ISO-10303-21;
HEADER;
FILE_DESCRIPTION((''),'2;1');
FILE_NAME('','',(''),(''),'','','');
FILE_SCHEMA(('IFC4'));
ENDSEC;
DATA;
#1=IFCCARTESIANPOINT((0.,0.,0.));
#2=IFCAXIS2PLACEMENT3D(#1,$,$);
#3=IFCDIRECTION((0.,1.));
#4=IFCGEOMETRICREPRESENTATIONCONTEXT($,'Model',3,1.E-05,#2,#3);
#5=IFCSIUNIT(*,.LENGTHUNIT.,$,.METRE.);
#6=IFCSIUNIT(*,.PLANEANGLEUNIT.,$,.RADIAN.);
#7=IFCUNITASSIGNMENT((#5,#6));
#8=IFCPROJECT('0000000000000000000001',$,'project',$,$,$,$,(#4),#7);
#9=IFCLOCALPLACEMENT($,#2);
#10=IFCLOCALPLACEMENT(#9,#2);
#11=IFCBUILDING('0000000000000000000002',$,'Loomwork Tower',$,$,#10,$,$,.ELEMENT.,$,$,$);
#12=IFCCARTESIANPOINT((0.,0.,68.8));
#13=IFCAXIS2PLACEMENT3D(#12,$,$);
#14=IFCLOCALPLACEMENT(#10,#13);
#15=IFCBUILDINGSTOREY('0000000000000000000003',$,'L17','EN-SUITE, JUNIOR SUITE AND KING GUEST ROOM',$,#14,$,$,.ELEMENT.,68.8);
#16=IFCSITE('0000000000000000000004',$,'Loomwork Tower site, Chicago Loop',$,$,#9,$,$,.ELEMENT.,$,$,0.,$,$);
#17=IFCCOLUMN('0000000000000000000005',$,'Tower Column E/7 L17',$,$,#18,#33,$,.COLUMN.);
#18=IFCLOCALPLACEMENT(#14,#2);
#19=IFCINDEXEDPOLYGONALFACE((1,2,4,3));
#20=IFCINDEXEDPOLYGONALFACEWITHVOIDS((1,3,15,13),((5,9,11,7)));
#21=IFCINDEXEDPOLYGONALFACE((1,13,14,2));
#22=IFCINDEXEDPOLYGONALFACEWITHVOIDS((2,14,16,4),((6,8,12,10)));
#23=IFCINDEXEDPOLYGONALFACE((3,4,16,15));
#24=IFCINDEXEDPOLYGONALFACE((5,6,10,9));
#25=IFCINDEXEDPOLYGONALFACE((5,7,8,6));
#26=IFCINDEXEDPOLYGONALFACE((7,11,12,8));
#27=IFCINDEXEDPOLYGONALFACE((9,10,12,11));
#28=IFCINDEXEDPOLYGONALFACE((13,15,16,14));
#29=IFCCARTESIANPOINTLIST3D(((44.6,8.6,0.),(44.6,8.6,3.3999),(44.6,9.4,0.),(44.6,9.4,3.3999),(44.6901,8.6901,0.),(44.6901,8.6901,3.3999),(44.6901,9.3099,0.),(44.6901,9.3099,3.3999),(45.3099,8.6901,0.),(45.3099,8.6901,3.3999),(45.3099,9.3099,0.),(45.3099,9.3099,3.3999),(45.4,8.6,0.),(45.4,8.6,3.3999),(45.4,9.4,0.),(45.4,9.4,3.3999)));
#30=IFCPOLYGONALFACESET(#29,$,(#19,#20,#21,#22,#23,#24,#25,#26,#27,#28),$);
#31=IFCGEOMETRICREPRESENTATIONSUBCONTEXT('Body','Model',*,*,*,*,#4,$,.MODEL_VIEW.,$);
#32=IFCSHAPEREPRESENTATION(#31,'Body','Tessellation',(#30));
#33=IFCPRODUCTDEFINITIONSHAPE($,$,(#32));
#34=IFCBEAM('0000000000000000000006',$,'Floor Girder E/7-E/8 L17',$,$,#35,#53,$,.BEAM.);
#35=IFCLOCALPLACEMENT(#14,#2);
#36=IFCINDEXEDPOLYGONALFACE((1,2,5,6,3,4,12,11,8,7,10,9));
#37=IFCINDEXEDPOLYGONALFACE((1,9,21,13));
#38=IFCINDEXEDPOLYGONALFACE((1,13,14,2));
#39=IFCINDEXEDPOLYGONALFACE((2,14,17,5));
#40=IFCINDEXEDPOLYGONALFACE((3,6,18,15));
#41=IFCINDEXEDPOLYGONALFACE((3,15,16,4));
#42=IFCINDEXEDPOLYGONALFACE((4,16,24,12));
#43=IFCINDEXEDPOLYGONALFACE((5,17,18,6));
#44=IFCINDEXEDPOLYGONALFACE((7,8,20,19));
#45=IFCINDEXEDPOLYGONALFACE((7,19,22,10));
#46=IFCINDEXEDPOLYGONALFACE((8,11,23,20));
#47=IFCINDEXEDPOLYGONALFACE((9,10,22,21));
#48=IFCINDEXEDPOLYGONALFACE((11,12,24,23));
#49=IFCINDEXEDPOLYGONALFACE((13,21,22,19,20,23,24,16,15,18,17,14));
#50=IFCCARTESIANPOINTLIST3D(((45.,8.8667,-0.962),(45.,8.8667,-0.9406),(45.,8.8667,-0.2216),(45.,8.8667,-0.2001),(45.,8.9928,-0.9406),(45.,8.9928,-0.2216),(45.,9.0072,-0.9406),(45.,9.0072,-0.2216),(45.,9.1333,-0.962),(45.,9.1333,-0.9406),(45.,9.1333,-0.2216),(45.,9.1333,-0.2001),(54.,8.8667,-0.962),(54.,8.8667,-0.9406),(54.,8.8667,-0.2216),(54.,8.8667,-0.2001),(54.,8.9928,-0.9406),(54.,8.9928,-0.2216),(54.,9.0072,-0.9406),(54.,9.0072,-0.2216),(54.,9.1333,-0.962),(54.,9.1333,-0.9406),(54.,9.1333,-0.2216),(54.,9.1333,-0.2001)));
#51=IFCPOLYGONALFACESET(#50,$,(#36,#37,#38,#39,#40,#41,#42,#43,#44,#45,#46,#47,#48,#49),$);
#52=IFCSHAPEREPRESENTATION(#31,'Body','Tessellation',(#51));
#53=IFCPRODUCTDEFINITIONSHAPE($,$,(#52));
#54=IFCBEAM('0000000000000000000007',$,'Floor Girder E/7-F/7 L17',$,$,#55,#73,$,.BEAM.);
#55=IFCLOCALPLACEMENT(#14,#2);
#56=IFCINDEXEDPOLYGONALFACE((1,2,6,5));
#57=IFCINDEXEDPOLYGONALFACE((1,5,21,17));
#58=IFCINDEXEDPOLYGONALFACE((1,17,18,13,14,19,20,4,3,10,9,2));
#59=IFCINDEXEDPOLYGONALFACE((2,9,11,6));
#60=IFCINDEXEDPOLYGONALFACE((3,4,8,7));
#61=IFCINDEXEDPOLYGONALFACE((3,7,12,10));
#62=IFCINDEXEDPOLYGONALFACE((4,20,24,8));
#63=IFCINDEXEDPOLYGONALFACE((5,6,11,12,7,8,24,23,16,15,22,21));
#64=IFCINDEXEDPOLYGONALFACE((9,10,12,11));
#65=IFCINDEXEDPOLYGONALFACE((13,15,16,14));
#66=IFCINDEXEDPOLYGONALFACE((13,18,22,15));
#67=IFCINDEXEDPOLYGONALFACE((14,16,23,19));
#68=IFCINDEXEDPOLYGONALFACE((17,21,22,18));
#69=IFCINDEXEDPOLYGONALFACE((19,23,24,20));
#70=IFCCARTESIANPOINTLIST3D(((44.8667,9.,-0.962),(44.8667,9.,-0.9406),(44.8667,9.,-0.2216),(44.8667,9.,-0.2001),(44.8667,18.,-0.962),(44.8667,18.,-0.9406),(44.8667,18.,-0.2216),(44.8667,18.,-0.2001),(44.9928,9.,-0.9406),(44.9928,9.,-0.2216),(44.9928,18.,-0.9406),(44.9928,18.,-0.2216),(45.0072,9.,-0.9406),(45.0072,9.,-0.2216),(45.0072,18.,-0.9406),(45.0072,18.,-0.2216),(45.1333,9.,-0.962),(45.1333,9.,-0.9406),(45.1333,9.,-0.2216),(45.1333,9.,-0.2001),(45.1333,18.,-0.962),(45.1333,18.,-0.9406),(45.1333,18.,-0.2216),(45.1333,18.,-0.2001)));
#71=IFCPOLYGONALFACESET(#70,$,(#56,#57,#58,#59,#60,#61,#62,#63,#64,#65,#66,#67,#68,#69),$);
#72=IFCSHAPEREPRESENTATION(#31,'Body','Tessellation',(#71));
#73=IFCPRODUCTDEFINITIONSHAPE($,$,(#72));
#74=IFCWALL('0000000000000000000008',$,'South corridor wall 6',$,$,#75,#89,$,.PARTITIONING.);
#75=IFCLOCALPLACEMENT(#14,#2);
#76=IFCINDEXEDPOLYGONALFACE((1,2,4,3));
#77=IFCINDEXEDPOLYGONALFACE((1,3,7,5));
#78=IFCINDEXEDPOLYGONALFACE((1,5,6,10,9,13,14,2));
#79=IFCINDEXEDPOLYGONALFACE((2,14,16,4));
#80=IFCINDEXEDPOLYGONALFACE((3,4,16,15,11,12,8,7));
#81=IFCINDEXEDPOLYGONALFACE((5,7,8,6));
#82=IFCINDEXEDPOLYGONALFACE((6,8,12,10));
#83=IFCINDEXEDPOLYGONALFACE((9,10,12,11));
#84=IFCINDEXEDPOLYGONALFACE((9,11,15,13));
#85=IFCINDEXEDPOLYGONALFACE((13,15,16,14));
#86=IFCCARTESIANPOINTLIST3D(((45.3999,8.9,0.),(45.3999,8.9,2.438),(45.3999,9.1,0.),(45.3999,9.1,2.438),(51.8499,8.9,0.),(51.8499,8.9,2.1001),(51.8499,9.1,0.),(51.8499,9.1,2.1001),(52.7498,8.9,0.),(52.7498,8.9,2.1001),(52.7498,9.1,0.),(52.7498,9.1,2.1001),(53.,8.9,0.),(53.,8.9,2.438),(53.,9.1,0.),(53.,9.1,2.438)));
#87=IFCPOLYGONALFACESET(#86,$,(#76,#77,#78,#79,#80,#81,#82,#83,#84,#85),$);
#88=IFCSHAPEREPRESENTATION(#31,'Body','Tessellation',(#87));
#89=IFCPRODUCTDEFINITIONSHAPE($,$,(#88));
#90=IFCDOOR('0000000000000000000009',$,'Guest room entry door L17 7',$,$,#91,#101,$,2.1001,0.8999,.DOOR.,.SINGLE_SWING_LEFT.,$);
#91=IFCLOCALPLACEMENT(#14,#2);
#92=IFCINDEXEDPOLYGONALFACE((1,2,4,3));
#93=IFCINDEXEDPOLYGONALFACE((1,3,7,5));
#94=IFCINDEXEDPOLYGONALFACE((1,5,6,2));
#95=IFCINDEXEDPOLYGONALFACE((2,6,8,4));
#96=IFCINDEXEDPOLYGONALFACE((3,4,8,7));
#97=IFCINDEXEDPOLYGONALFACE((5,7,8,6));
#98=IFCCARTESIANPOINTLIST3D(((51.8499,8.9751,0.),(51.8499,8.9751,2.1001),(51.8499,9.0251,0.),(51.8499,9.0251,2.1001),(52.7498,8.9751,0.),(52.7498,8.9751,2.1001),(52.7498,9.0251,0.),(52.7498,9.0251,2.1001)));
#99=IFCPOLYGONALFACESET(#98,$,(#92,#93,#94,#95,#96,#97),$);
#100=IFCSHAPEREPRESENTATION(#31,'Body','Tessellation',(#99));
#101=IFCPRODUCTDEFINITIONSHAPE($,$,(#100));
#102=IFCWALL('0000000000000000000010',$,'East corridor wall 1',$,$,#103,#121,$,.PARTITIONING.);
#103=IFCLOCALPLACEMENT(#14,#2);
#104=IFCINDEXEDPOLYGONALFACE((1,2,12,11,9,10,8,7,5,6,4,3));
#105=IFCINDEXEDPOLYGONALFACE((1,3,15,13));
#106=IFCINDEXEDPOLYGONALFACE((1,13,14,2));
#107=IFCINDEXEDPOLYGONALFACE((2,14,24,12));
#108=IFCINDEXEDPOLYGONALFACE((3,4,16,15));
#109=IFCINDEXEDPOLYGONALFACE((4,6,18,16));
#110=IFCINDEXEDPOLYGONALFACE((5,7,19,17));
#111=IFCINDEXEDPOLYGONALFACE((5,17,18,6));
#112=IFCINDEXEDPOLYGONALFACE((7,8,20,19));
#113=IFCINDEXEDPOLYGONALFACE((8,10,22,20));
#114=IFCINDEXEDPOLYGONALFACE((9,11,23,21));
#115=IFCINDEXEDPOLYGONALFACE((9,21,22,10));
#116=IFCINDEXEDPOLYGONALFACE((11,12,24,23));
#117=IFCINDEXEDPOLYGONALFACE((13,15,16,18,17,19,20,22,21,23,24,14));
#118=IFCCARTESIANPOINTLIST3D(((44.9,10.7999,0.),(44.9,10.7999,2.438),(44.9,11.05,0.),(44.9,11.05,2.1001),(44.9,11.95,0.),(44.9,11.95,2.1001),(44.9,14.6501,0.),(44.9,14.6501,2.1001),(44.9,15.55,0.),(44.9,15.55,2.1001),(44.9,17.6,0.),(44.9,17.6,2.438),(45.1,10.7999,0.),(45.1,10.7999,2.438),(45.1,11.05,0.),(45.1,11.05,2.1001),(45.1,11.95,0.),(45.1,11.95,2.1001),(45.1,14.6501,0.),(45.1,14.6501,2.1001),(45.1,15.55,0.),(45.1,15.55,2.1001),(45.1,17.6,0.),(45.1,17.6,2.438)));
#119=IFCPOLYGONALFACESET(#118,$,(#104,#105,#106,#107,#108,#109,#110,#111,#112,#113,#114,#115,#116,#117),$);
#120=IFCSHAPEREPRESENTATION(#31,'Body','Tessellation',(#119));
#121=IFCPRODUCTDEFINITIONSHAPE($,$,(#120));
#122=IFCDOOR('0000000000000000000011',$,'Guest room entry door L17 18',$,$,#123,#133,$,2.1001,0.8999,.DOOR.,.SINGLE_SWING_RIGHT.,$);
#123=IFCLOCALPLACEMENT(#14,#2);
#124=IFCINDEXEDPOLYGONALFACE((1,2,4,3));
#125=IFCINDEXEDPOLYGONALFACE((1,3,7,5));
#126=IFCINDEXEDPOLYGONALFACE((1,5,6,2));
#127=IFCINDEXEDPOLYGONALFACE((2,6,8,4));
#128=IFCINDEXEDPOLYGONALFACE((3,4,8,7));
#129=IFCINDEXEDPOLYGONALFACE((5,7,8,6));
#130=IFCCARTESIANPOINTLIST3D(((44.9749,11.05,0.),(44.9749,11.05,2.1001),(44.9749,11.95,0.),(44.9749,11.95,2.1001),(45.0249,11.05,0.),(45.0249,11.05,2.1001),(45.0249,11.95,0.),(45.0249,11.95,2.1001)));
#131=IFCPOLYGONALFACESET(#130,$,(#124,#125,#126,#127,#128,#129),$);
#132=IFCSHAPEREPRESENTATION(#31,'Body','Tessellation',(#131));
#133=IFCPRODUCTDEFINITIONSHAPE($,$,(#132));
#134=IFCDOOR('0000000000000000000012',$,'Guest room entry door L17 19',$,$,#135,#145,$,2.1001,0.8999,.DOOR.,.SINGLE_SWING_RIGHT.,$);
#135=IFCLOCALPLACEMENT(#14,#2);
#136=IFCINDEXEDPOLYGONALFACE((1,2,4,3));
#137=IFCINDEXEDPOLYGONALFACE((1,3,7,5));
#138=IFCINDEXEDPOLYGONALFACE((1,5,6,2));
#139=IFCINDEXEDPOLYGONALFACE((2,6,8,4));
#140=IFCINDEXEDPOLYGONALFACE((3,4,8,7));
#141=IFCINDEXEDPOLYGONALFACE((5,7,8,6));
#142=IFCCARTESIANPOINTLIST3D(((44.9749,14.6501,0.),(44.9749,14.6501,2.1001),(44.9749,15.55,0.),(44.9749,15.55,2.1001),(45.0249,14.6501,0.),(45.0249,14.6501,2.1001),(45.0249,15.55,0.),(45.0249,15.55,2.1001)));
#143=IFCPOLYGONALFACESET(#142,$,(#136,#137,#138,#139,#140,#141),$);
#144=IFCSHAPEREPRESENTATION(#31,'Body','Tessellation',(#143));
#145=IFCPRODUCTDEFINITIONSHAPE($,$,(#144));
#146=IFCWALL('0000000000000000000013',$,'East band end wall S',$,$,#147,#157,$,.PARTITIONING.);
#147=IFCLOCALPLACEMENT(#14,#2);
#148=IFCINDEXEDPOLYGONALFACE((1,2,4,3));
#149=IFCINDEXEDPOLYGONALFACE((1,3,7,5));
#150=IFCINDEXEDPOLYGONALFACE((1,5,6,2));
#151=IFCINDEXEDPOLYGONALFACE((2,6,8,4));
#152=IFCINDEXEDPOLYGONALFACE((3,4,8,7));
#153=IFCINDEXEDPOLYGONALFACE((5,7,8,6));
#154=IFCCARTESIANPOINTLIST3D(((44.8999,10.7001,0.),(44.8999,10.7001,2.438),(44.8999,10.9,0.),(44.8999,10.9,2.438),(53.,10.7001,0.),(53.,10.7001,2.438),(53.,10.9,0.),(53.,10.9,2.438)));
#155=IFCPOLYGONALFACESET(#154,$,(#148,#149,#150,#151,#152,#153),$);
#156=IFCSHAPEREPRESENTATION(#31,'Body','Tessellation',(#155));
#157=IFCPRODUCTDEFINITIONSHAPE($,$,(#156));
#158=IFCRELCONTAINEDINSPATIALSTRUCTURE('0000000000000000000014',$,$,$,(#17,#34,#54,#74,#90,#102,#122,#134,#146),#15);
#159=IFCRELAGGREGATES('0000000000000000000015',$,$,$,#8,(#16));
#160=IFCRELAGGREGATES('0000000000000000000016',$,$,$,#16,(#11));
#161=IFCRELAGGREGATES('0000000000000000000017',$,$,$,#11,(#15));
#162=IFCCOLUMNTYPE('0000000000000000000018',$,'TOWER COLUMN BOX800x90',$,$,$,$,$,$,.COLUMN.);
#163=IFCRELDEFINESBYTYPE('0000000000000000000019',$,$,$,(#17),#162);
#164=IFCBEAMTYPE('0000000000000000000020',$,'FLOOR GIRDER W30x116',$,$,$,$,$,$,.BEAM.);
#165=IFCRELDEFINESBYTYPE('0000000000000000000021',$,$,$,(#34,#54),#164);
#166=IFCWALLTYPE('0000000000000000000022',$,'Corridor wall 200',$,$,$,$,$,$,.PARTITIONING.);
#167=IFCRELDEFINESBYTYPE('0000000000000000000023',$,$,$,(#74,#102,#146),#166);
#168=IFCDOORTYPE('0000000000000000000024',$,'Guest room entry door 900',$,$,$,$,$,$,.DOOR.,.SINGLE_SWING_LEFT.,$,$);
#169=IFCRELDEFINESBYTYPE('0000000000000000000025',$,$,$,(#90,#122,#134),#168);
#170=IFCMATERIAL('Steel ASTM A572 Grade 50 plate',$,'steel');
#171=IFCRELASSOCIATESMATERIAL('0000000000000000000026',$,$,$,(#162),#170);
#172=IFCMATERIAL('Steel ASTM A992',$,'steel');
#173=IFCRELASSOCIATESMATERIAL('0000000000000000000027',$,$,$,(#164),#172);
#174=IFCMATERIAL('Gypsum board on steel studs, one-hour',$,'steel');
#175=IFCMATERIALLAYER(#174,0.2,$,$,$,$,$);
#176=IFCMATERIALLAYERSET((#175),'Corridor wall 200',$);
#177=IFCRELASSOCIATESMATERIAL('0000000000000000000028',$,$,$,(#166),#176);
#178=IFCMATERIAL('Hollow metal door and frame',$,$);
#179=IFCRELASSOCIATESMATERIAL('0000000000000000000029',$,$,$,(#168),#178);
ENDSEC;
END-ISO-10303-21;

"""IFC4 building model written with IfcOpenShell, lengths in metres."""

from ifc_helpers import new_model, si_unit, direction, frame, frame_2d, origin, origin_2d, place, context, subcontext, project, spatial, rectangle, hollow_rectangle, i_section, extrude, material, layer, layer_set, material_profile, profile_set, type_object, element, fill, save


model = new_model("IFC4")

# Units and contexts
model_context = context("Model", 3, precision=1e-05, world=origin(), true_north=direction((0.0, 1.0)))
body_context = subcontext(model_context, "Body", "Model", "MODEL_VIEW")
ifc_project = project(units=[si_unit("LENGTHUNIT", "METRE"), si_unit("PLANEANGLEUNIT", "RADIAN")], contexts=[model_context])

# Site, building, storey
site_placement = place(None, origin())
site = spatial("IfcSite", under=ifc_project, at=site_placement, Name="Loomwork Tower site, Chicago Loop", CompositionType="ELEMENT", RefElevation=0.0)
building_placement = place(site_placement, origin())
building = spatial("IfcBuilding", under=site, at=building_placement, Name="Loomwork Tower", CompositionType="ELEMENT")
storey_placement = place(building_placement, frame((0.0, 0.0, 68.8)))
storey = spatial("IfcBuildingStorey", under=building, at=storey_placement, Name="L17", Description="EN-SUITE, JUNIOR SUITE AND KING GUEST ROOM", CompositionType="ELEMENT", Elevation=68.8)

# Column
ifc_material_1 = material(Name="Steel ASTM A572 Grade 50 plate", Category="steel")
ifc_material_profile_1 = material_profile(ifc_material_1, hollow_rectangle(XDim=0.8, YDim=0.8, WallThickness=0.0901, at=origin_2d()), Name="BOX800x90")
ifc_profile_set_1 = profile_set([ifc_material_profile_1], Name="Steel ASTM A572 Grade 50 plate")
column_type = type_object("IfcColumnType", Name="TOWER COLUMN BOX800x90", PredefinedType="COLUMN", material=ifc_profile_set_1)
column_placement = place(storey_placement, frame((45.0, 9.0, 0.0), z_axis=(0.0, 0.0, 1.0), x_axis=(0.0, 1.0, 0.0)))
element("IfcColumn", 1, at=column_placement, inside=storey, type_object=column_type, Name="Tower Column E/7 L17", PredefinedType="COLUMN", context=body_context, shape_type="SweptSolid", body=[
    extrude(hollow_rectangle(XDim=0.8, YDim=0.8, WallThickness=0.0901, at=origin_2d()), origin(), (0.0, 0.0, 1.0), 3.3999),
])

# Beams
ifc_material_2 = material(Name="Steel ASTM A992", Category="steel")
ifc_material_profile_2 = material_profile(ifc_material_2, i_section(OverallWidth=0.2666, OverallDepth=0.762, WebThickness=0.0144, FlangeThickness=0.0215, at=origin_2d()), Name="W30x116")
ifc_profile_set_2 = profile_set([ifc_material_profile_2], Name="Steel ASTM A992")
beam_type = type_object("IfcBeamType", Name="FLOOR GIRDER W30x116", PredefinedType="BEAM", material=ifc_profile_set_2)
for number, where, z_axis, x_axis, name in (
    (2, (45.0, 9.0, -0.5811), (1.0, 0.0, 0.0), (0.0, 1.0, 0.0), "Floor Girder E/7-E/8 L17"),
    (3, (45.0, 9.0, -0.5811), (0.0, 1.0, 0.0), (-1.0, 0.0, 0.0), "Floor Girder E/7-F/7 L17"),
):
    element("IfcBeam", number, at=place(storey_placement, frame(where, z_axis=z_axis, x_axis=x_axis)), inside=storey, type_object=beam_type, Name=name, PredefinedType="BEAM", context=body_context, shape_type="SweptSolid", body=[
        extrude(i_section(OverallWidth=0.2666, OverallDepth=0.762, WebThickness=0.0144, FlangeThickness=0.0215, at=origin_2d()), origin(), (0.0, 0.0, 1.0), 9.0),
    ])

# Wall, opening, door
ifc_material_3 = material(Name="Gypsum board on steel studs, one-hour", Category="steel")
ifc_layer_1 = layer(ifc_material_3, 0.2)
ifc_layer_set_1 = layer_set([ifc_layer_1], Name="Corridor wall 200")
wall_type_1 = type_object("IfcWallType", Name="Corridor wall 200", PredefinedType="PARTITIONING", material=ifc_layer_set_1)
wall_1_placement = place(storey_placement, frame((45.3999, 9.0, 0.0), z_axis=(0.0, 0.0, 1.0), x_axis=(1.0, 0.0, 0.0)))
wall_1 = element("IfcWall", 4, at=wall_1_placement, inside=storey, type_object=wall_type_1, Name="South corridor wall 6", PredefinedType="PARTITIONING", context=body_context, shape_type="SweptSolid", body=[
    extrude(rectangle(XDim=7.6001, YDim=0.2, at=frame_2d((3.8, 0.0))), origin(), (0.0, 0.0, 1.0), 2.438),
])
opening_1_placement = place(wall_1_placement, frame((6.45, 0.0, 0.0)))
opening_1 = element("IfcOpeningElement", 5, at=opening_1_placement, cuts=wall_1, PredefinedType="OPENING", context=body_context, shape_type="SweptSolid", body=[
    extrude(rectangle(XDim=0.8999, YDim=2.1001, at=frame_2d((0.45, 1.05))), frame((0.0, 0.1099, 0.0), z_axis=(0.0, -1.0, 0.0), x_axis=(1.0, 0.0, 0.0)), (0.0, 0.0, 1.0), 0.22),
])
ifc_material_4 = material(Name="Hollow metal door and frame")
door_type_1 = type_object("IfcDoorType", Name="Guest room entry door 900", OperationType="SINGLE_SWING_LEFT", PredefinedType="DOOR", material=ifc_material_4)
door_1_placement = place(opening_1_placement, frame((0.8999, 0.0, 0.0), z_axis=(0.0, 0.0, 1.0), x_axis=(-1.0, 0.0, 0.0)))
door_1 = element("IfcDoor", 6, at=door_1_placement, inside=storey, type_object=door_type_1, Name="Guest room entry door L17 7", OperationType="SINGLE_SWING_LEFT", OverallHeight=2.1001, OverallWidth=0.8999, PredefinedType="DOOR", context=body_context, shape_type="SweptSolid", body=[
    extrude(rectangle(XDim=0.8999, YDim=2.1001, at=frame_2d((0.45, 1.05))), frame((0.0, 0.0249, 0.0), z_axis=(0.0, -1.0, 0.0), x_axis=(1.0, 0.0, 0.0)), (0.0, 0.0, 1.0), 0.05),
])
fill(opening_1, door_1)

# Wall, openings, doors
wall_2_placement = place(storey_placement, frame((45.0, 10.8, 0.0), z_axis=(0.0, 0.0, 1.0), x_axis=(0.0, 1.0, 0.0)))
wall_2 = element("IfcWall", 7, at=wall_2_placement, inside=storey, type_object=wall_type_1, Name="East corridor wall 1", PredefinedType="PARTITIONING", context=body_context, shape_type="SweptSolid", body=[
    extrude(rectangle(XDim=6.8, YDim=0.2, at=frame_2d((3.3999, 0.0))), origin(), (0.0, 0.0, 1.0), 2.438),
])
opening_2_placement = place(wall_2_placement, frame((0.25, 0.0, 0.0)))
opening_2 = element("IfcOpeningElement", 8, at=opening_2_placement, cuts=wall_2, PredefinedType="OPENING", context=body_context, shape_type="SweptSolid", body=[
    extrude(rectangle(XDim=0.8999, YDim=2.1001, at=frame_2d((0.45, 1.05))), frame((0.0, 0.1099, 0.0), z_axis=(0.0, -1.0, 0.0), x_axis=(1.0, 0.0, 0.0)), (0.0, 0.0, 1.0), 0.22),
])
opening_3_placement = place(wall_2_placement, frame((3.8501, 0.0, 0.0)))
opening_3 = element("IfcOpeningElement", 9, at=opening_3_placement, cuts=wall_2, PredefinedType="OPENING", context=body_context, shape_type="SweptSolid", body=[
    extrude(rectangle(XDim=0.8999, YDim=2.1001, at=frame_2d((0.45, 1.05))), frame((0.0, 0.1099, 0.0), z_axis=(0.0, -1.0, 0.0), x_axis=(1.0, 0.0, 0.0)), (0.0, 0.0, 1.0), 0.22),
])
door_2_placement = place(opening_2_placement, frame((0.8999, 0.0, 0.0), z_axis=(0.0, 0.0, 1.0), x_axis=(-1.0, 0.0, 0.0)))
door_2 = element("IfcDoor", 10, at=door_2_placement, inside=storey, type_object=door_type_1, Name="Guest room entry door L17 18", OperationType="SINGLE_SWING_RIGHT", OverallHeight=2.1001, OverallWidth=0.8999, PredefinedType="DOOR", context=body_context, shape_type="SweptSolid", body=[
    extrude(rectangle(XDim=0.8999, YDim=2.1001, at=frame_2d((0.45, 1.05))), frame((0.0, 0.0249, 0.0), z_axis=(0.0, -1.0, 0.0), x_axis=(1.0, 0.0, 0.0)), (0.0, 0.0, 1.0), 0.05),
])
fill(opening_2, door_2)
door_3_placement = place(opening_3_placement, frame((0.8999, 0.0, 0.0), z_axis=(0.0, 0.0, 1.0), x_axis=(-1.0, 0.0, 0.0)))
door_3 = element("IfcDoor", 11, at=door_3_placement, inside=storey, type_object=door_type_1, Name="Guest room entry door L17 19", OperationType="SINGLE_SWING_RIGHT", OverallHeight=2.1001, OverallWidth=0.8999, PredefinedType="DOOR", context=body_context, shape_type="SweptSolid", body=[
    extrude(rectangle(XDim=0.8999, YDim=2.1001, at=frame_2d((0.45, 1.05))), frame((0.0, 0.0249, 0.0), z_axis=(0.0, -1.0, 0.0), x_axis=(1.0, 0.0, 0.0)), (0.0, 0.0, 1.0), 0.05),
])
fill(opening_3, door_3)

# Wall
wall_3_placement = place(storey_placement, frame((44.8999, 10.8, 0.0), z_axis=(0.0, 0.0, 1.0), x_axis=(1.0, 0.0, 0.0)))
element("IfcWall", 12, at=wall_3_placement, inside=storey, type_object=wall_type_1, Name="East band end wall S", PredefinedType="PARTITIONING", context=body_context, shape_type="SweptSolid", body=[
    extrude(rectangle(XDim=8.1001, YDim=0.2, at=frame_2d((4.05, 0.0))), origin(), (0.0, 0.0, 1.0), 2.438),
])

save(model, "model.ifc")
